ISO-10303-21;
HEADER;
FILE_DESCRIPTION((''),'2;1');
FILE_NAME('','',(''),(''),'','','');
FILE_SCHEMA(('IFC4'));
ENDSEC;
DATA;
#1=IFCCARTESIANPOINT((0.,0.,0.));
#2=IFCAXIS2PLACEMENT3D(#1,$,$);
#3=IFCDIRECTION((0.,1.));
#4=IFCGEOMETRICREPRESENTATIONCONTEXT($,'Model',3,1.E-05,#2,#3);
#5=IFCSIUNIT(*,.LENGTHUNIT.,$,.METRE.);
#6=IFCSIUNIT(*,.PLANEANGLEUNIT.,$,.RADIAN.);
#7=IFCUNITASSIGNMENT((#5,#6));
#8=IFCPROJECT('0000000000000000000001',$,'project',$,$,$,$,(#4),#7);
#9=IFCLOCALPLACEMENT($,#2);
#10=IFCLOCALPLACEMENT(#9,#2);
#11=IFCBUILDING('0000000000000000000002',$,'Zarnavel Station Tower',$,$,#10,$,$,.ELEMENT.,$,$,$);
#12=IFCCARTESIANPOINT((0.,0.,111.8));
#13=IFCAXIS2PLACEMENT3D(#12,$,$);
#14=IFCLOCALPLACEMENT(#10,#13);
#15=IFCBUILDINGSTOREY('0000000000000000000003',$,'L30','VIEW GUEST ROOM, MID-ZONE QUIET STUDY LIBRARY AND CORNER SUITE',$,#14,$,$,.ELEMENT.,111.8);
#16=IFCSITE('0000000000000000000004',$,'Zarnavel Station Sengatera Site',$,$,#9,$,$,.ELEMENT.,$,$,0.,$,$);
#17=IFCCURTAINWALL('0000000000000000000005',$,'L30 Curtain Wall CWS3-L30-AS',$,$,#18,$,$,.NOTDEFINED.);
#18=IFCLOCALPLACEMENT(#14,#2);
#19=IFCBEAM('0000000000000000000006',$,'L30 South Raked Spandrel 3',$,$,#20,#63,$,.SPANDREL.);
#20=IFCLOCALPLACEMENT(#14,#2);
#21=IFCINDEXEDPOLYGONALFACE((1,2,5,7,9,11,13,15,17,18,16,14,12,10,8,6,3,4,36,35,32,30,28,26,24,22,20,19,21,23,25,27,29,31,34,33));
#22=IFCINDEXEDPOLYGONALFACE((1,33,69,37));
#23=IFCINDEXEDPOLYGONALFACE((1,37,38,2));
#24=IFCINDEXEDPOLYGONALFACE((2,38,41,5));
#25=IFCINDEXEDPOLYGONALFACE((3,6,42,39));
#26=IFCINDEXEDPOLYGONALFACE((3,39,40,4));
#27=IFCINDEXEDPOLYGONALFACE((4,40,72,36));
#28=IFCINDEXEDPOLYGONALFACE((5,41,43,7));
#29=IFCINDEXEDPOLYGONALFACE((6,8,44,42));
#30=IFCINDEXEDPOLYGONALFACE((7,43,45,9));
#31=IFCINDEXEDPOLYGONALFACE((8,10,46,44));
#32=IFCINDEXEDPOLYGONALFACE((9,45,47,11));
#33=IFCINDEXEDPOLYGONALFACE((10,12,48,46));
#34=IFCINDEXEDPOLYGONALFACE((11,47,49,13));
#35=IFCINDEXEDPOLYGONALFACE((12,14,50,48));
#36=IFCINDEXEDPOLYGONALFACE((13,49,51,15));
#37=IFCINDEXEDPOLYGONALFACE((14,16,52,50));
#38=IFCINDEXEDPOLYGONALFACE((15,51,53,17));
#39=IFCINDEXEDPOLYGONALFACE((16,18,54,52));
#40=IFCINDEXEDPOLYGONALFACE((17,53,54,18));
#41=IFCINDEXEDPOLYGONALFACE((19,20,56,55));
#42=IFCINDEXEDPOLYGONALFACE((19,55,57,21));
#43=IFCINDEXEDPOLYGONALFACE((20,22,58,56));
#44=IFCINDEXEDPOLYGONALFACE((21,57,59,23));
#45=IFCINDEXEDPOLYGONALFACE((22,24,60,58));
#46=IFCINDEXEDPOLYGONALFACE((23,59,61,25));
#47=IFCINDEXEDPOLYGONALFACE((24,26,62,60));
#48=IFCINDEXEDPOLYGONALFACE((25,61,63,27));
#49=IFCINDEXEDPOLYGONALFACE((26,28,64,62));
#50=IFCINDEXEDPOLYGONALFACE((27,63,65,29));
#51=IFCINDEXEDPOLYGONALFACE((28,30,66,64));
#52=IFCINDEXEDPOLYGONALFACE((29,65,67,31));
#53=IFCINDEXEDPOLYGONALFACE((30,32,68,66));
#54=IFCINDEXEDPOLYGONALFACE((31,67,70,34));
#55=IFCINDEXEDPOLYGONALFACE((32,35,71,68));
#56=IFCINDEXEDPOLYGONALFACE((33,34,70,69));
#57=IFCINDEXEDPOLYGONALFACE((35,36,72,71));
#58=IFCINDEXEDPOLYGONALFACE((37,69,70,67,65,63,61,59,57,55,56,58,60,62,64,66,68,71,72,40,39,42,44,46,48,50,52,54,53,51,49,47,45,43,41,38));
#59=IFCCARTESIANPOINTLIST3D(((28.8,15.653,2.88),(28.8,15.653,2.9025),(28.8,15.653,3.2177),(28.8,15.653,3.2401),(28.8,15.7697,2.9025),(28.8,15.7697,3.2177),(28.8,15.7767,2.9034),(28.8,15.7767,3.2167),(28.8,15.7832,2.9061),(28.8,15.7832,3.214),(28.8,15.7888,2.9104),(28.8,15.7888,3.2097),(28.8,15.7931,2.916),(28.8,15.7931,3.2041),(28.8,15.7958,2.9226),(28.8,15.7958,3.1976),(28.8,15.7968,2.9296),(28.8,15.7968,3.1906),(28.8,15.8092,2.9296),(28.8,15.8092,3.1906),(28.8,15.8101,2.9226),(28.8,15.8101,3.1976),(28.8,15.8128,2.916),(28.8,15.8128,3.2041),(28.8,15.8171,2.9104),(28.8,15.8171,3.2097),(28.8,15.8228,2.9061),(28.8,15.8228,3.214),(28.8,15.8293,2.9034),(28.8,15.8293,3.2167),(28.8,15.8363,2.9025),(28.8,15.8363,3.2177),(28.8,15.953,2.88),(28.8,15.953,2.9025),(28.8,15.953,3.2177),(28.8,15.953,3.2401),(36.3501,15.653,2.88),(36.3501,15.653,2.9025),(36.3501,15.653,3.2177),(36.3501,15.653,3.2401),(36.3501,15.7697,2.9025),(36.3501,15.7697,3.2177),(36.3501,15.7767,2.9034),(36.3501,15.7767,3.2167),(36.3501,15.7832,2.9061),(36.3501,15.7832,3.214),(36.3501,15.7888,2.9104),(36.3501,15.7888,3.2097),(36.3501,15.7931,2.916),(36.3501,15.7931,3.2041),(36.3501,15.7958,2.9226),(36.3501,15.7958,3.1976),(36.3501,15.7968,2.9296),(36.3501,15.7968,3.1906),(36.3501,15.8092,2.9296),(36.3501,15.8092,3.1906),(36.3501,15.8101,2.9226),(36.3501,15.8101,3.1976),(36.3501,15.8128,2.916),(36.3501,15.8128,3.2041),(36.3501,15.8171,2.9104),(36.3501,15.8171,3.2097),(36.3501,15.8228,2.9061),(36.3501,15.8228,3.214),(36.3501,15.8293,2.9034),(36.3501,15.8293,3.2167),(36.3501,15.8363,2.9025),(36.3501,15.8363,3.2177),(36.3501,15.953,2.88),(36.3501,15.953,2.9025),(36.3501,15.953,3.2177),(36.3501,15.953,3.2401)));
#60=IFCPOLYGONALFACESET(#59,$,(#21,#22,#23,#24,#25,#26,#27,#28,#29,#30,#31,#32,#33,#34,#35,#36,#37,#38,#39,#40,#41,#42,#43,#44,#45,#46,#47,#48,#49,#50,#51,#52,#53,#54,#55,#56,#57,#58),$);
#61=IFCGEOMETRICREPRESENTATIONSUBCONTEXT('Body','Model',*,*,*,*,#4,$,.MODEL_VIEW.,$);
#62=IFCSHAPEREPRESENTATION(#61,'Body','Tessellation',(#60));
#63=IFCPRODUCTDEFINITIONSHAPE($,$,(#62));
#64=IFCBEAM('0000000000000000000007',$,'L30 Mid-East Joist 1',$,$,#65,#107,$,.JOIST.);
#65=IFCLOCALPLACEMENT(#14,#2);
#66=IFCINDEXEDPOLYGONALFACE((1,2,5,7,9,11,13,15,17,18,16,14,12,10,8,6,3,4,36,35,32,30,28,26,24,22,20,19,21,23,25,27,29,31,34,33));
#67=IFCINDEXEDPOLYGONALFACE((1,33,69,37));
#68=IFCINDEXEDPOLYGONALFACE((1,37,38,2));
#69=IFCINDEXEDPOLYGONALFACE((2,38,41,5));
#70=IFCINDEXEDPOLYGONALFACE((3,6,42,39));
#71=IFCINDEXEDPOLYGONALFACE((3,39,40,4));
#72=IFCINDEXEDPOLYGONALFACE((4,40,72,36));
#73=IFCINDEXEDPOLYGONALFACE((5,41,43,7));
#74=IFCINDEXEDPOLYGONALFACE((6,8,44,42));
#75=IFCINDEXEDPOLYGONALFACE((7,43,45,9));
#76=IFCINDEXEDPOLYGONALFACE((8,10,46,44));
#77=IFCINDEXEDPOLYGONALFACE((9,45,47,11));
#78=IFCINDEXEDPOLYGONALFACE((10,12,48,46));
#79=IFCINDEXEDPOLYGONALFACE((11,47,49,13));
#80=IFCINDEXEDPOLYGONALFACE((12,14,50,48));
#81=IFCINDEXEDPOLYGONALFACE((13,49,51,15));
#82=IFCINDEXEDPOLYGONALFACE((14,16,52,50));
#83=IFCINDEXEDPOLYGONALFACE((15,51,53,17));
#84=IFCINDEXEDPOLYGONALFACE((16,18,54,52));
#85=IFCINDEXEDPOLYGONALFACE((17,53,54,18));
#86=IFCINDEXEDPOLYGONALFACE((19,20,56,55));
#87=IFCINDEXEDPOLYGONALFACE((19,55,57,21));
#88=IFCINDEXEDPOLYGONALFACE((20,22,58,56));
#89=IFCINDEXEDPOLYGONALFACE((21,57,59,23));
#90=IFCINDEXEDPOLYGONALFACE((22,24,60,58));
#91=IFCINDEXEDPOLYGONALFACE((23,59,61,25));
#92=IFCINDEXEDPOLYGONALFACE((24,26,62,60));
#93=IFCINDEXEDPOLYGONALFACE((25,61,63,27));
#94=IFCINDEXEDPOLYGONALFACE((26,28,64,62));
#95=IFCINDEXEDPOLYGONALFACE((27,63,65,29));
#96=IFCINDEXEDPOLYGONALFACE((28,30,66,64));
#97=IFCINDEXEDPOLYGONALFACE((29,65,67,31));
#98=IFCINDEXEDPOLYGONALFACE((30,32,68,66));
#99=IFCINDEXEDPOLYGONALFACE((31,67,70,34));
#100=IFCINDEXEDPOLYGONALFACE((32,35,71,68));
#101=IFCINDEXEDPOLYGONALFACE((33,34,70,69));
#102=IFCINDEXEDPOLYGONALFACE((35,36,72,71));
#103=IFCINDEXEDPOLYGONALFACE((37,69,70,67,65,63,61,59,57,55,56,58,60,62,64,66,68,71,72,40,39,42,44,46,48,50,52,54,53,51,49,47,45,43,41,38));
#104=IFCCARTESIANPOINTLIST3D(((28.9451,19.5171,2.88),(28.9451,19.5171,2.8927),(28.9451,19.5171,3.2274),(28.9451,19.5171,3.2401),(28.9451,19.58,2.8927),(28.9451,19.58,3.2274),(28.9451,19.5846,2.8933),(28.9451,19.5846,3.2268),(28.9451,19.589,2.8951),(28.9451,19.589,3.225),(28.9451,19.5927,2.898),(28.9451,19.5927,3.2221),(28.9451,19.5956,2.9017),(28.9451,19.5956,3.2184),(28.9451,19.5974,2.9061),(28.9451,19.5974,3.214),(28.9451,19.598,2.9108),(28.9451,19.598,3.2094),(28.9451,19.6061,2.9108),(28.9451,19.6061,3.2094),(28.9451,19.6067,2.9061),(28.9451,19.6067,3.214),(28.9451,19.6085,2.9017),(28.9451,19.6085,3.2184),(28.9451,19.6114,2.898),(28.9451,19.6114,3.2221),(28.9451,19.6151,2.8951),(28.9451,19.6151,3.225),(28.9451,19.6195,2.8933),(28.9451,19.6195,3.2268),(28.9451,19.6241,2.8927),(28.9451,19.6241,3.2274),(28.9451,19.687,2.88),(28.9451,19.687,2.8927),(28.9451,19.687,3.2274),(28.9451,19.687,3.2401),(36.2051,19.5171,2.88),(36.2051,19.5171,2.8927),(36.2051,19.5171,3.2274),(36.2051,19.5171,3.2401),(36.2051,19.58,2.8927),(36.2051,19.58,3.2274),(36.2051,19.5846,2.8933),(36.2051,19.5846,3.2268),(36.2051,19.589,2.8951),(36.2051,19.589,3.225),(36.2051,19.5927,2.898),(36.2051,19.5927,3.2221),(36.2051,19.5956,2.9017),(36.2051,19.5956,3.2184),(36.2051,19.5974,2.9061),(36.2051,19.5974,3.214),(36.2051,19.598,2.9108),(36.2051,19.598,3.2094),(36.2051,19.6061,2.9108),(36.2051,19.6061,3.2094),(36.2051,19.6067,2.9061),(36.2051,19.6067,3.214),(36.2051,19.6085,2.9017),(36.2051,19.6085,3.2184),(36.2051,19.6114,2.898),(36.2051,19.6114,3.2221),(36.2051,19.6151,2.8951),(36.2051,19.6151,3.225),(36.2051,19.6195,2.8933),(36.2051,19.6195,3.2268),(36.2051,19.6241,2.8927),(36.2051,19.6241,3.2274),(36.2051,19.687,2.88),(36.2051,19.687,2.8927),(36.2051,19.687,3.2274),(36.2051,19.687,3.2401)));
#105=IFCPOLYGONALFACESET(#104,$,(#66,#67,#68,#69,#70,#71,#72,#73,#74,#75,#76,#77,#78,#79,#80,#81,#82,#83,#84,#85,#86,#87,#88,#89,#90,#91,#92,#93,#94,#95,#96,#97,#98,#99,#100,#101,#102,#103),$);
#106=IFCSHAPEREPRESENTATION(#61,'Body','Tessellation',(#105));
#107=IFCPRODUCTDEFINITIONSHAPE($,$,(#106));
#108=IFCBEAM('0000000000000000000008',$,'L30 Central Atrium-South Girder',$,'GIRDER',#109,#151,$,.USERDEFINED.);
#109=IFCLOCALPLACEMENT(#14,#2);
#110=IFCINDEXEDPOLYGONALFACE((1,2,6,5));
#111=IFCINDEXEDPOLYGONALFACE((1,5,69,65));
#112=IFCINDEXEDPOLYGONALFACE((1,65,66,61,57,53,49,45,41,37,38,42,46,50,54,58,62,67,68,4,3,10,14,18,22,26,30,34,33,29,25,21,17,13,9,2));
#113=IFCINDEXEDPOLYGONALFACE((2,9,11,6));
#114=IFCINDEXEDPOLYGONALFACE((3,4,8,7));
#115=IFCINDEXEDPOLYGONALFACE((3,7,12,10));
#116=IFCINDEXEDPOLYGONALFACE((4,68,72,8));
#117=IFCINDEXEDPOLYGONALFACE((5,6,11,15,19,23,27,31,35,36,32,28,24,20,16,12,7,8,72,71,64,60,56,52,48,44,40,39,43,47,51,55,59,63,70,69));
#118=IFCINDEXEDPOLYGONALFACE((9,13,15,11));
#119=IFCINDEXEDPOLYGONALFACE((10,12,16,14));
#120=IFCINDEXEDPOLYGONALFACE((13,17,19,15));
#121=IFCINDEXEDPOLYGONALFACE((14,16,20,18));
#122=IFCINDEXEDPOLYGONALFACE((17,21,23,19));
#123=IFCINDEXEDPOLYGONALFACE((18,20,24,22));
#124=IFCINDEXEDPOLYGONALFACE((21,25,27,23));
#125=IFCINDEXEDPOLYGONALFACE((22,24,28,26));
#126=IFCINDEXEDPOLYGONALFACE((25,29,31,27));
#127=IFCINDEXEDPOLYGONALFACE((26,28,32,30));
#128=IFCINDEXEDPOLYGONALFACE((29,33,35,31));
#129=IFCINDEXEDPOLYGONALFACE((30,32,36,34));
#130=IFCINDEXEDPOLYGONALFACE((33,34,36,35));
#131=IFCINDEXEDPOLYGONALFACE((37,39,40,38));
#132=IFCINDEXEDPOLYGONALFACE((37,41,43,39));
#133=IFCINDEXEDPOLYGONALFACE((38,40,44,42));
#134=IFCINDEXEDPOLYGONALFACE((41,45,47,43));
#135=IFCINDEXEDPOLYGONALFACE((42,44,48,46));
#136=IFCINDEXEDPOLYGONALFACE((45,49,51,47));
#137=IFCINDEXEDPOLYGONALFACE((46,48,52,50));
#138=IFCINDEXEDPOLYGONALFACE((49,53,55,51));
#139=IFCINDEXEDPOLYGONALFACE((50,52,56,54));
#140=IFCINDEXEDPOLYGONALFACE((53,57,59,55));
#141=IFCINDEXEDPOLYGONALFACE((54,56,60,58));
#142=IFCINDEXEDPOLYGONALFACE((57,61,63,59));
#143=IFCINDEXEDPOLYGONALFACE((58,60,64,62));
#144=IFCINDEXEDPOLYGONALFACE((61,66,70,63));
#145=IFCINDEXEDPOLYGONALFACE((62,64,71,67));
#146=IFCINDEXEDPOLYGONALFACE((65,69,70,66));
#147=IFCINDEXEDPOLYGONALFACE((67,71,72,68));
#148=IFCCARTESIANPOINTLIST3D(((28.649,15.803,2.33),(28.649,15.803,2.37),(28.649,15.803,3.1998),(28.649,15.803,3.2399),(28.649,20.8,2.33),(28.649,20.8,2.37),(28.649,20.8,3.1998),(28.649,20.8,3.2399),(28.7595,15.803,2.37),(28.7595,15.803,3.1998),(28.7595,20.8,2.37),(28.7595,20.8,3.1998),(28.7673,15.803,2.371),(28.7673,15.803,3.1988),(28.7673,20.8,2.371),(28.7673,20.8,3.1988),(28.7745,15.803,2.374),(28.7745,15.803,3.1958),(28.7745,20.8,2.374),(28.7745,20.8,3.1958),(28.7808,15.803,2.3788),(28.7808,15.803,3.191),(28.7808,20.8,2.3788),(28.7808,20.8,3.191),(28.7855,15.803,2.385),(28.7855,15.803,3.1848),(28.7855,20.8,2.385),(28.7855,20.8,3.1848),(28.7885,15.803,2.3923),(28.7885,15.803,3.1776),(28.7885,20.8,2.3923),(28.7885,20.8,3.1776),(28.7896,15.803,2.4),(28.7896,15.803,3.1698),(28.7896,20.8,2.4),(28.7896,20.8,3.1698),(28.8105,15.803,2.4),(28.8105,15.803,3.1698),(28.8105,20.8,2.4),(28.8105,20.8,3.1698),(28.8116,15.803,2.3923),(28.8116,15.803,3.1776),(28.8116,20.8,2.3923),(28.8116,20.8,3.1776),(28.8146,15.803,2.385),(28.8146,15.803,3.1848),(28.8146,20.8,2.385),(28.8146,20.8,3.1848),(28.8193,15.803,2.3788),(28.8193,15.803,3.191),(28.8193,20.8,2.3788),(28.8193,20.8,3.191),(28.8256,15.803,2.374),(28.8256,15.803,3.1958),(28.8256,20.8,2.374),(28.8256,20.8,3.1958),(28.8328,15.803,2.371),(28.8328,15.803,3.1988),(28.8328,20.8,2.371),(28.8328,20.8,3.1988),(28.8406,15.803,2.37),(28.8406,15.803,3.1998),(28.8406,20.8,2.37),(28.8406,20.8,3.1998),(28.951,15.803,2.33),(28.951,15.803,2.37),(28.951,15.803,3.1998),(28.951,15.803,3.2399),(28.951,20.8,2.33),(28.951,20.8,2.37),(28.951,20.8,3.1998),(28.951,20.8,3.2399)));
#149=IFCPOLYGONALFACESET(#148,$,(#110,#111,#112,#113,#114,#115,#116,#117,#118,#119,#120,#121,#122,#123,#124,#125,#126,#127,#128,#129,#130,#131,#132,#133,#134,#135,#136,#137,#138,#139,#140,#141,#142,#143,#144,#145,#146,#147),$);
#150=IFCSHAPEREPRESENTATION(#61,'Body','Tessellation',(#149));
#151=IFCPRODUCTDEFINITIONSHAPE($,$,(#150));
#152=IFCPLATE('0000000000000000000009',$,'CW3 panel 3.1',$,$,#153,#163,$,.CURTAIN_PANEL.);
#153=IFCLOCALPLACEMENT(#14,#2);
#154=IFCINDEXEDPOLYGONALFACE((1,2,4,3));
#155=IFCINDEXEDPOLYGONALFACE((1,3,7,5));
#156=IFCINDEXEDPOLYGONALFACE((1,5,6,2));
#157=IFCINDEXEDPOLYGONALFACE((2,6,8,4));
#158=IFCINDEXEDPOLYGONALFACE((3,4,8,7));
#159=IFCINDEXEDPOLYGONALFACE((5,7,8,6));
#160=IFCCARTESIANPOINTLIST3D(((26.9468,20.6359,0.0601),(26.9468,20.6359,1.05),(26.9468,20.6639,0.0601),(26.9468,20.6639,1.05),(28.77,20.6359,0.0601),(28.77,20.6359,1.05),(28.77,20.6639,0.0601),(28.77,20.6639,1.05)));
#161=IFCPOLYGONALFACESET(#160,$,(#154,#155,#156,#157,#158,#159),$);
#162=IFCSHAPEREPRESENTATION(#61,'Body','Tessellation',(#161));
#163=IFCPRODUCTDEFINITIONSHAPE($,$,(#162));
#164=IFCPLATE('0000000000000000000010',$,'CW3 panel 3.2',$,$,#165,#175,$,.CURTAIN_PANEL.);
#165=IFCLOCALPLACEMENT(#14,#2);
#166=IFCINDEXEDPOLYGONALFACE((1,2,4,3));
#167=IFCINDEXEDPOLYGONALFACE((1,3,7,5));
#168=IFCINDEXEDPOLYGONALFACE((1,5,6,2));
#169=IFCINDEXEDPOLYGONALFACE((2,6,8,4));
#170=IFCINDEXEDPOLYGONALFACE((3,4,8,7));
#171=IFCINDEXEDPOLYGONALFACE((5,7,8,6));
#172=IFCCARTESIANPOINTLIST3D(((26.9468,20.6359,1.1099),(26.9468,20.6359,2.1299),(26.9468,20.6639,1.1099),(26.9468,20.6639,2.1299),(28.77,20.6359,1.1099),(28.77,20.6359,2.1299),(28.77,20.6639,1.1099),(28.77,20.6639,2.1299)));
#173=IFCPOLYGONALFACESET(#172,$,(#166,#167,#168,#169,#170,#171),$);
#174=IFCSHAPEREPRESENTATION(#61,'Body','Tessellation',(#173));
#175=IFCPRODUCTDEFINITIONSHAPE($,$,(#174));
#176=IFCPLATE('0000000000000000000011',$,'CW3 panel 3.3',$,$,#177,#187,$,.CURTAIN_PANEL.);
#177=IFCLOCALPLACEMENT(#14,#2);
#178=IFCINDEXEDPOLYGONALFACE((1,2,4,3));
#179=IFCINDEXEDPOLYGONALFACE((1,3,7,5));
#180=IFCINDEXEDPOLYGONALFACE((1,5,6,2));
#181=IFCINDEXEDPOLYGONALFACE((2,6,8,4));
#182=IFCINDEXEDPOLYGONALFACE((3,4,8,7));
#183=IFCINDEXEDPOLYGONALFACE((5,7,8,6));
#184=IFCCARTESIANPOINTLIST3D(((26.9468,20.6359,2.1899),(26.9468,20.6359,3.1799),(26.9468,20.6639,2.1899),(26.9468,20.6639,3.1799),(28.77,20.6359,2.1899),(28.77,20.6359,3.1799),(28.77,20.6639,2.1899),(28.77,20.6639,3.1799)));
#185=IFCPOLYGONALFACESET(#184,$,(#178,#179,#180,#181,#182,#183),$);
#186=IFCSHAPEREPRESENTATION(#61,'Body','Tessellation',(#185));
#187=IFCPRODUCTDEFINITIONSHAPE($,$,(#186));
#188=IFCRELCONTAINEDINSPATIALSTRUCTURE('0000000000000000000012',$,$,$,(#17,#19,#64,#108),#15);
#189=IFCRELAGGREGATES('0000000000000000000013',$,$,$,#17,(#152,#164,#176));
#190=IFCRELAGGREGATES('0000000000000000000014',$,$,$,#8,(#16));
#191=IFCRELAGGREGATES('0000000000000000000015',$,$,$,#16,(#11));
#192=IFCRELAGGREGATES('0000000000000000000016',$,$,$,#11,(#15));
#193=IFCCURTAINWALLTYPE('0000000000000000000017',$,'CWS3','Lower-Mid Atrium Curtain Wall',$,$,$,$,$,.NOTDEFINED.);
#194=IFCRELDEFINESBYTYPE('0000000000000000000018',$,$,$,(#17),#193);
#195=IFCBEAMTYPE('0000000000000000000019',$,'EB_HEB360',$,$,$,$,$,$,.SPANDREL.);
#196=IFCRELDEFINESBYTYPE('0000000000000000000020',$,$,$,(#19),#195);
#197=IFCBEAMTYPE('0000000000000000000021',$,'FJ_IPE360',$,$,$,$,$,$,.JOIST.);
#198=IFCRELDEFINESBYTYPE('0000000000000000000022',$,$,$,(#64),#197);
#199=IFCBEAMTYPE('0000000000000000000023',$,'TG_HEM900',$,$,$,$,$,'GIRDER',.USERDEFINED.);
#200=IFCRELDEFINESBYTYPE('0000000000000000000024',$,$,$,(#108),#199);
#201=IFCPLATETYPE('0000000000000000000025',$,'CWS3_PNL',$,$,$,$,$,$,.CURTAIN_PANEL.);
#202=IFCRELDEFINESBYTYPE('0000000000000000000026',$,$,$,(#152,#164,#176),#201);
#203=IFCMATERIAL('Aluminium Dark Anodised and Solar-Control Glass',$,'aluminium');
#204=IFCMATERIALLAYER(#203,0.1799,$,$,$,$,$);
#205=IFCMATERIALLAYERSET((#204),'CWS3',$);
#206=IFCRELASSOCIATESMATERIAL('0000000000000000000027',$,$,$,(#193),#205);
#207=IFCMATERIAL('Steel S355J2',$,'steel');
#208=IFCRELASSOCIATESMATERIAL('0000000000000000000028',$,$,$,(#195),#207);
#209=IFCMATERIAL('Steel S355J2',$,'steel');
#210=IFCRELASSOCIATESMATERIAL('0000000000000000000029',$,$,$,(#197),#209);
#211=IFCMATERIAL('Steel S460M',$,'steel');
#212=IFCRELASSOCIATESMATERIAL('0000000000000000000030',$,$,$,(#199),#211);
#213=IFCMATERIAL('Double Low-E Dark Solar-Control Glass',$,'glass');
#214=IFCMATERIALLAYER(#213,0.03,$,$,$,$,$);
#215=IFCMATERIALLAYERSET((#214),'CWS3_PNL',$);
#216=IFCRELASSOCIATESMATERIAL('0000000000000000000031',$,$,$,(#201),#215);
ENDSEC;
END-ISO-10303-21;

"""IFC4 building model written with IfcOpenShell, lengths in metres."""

from ifc_helpers import new_model, si_unit, direction, frame, origin, origin_2d, place, context, subcontext, project, spatial, rectangle, i_section, extrude, material, layer, layer_set, material_profile, profile_set, type_object, element, aggregate, save


model = new_model("IFC4")

# Units and contexts
model_context = context("Model", 3, precision=1e-05, world=origin(), true_north=direction((0.0, 1.0)))
body_context = subcontext(model_context, "Body", "Model", "MODEL_VIEW")
ifc_project = project(units=[si_unit("LENGTHUNIT", "METRE"), si_unit("PLANEANGLEUNIT", "RADIAN")], contexts=[model_context])

# Site, building, storey
site_placement = place(None, origin())
site = spatial("IfcSite", under=ifc_project, at=site_placement, Name="Zarnavel Station Sengatera Site", CompositionType="ELEMENT", RefElevation=0.0)
building_placement = place(site_placement, origin())
building = spatial("IfcBuilding", under=site, at=building_placement, Name="Zarnavel Station Tower", CompositionType="ELEMENT")
storey_placement = place(building_placement, frame((0.0, 0.0, 111.8)))
storey = spatial("IfcBuildingStorey", under=building, at=storey_placement, Name="L30", Description="VIEW GUEST ROOM, MID-ZONE QUIET STUDY LIBRARY AND CORNER SUITE", CompositionType="ELEMENT", Elevation=111.8)

# Curtain wall
ifc_material_1 = material(Name="Aluminium Dark Anodised and Solar-Control Glass", Category="aluminium")
ifc_layer_1 = layer(ifc_material_1, 0.1799)
ifc_layer_set_1 = layer_set([ifc_layer_1], Name="CWS3")
curtain_wall_type_1 = type_object("IfcCurtainWallType", Name="CWS3", Description="Lower-Mid Atrium Curtain Wall", PredefinedType="NOTDEFINED", material=ifc_layer_set_1)
curtain_wall_1_placement = place(storey_placement, origin())
curtain_wall_1 = element("IfcCurtainWall", 1, at=curtain_wall_1_placement, inside=storey, type_object=curtain_wall_type_1, Name="L30 Curtain Wall CWS3-L30-AS", PredefinedType="NOTDEFINED")

# Beams
ifc_material_2 = material(Name="Steel S355J2", Category="steel")
ifc_material_profile_1 = material_profile(ifc_material_2, i_section(OverallWidth=0.3, OverallDepth=0.3601, WebThickness=0.0125, FlangeThickness=0.0225, FilletRadius=0.0271, at=origin_2d()), Name="HEB360")
ifc_profile_set_1 = profile_set([ifc_material_profile_1], Name="Steel S355J2")
beam_type_1 = type_object("IfcBeamType", Name="EB_HEB360", PredefinedType="SPANDREL", material=ifc_profile_set_1)
beam_1_placement = place(storey_placement, frame((28.8, 15.803, 3.0601), z_axis=(1.0, 0.0, 0.0), x_axis=(0.0, 1.0, 0.0)))
element("IfcBeam", 2, at=beam_1_placement, inside=storey, type_object=beam_type_1, Name="L30 South Raked Spandrel 3", PredefinedType="SPANDREL", context=body_context, shape_type="SweptSolid", body=[
    extrude(i_section(OverallWidth=0.3, OverallDepth=0.3601, WebThickness=0.0125, FlangeThickness=0.0225, FilletRadius=0.0271, at=origin_2d()), origin(), (0.0, 0.0, 1.0), 7.55),
])
ifc_material_3 = material(Name="Steel S355J2", Category="steel")
ifc_material_profile_2 = material_profile(ifc_material_3, i_section(OverallWidth=0.1699, OverallDepth=0.3601, WebThickness=0.0081, FlangeThickness=0.0127, FilletRadius=0.0181, at=origin_2d()), Name="IPE360")
ifc_profile_set_2 = profile_set([ifc_material_profile_2], Name="Steel S355J2")
beam_type_2 = type_object("IfcBeamType", Name="FJ_IPE360", PredefinedType="JOIST", material=ifc_profile_set_2)
beam_2_placement = place(storey_placement, frame((28.9451, 19.6021, 3.0601), z_axis=(1.0, 0.0, 0.0), x_axis=(0.0, 1.0, 0.0)))
element("IfcBeam", 3, at=beam_2_placement, inside=storey, type_object=beam_type_2, Name="L30 Mid-East Joist 1", PredefinedType="JOIST", context=body_context, shape_type="SweptSolid", body=[
    extrude(i_section(OverallWidth=0.1699, OverallDepth=0.3601, WebThickness=0.0081, FlangeThickness=0.0127, FilletRadius=0.0181, at=origin_2d()), origin(), (0.0, 0.0, 1.0), 7.26),
])
ifc_material_4 = material(Name="Steel S460M", Category="steel")
ifc_material_profile_3 = material_profile(ifc_material_4, i_section(OverallWidth=0.302, OverallDepth=0.9099, WebThickness=0.021, FlangeThickness=0.04, FilletRadius=0.03, at=origin_2d()), Name="HEM900")
ifc_profile_set_3 = profile_set([ifc_material_profile_3], Name="Steel S460M")
beam_type_3 = type_object("IfcBeamType", Name="TG_HEM900", ElementType="GIRDER", PredefinedType="USERDEFINED", material=ifc_profile_set_3)
beam_3_placement = place(storey_placement, frame((28.8, 15.803, 2.7849), z_axis=(0.0, 1.0, 0.0), x_axis=(-1.0, 0.0, 0.0)))
element("IfcBeam", 4, at=beam_3_placement, inside=storey, type_object=beam_type_3, Name="L30 Central Atrium-South Girder", ObjectType="GIRDER", PredefinedType="USERDEFINED", context=body_context, shape_type="SweptSolid", body=[
    extrude(i_section(OverallWidth=0.302, OverallDepth=0.9099, WebThickness=0.021, FlangeThickness=0.04, FilletRadius=0.03, at=origin_2d()), origin(), (0.0, 0.0, 1.0), 4.9971),
])

# Plates
ifc_material_5 = material(Name="Double Low-E Dark Solar-Control Glass", Category="glass")
ifc_layer_2 = layer(ifc_material_5, 0.03)
ifc_layer_set_2 = layer_set([ifc_layer_2], Name="CWS3_PNL")
plate_type = type_object("IfcPlateType", Name="CWS3_PNL", PredefinedType="CURTAIN_PANEL", material=ifc_layer_set_2)
plate_1_placement = place(storey_placement, frame((27.8584, 20.6499, 0.0601), z_axis=(0.0, 0.0, 1.0), x_axis=(1.0, 0.0, 0.0)))
plate_1 = element("IfcPlate", 5, at=plate_1_placement, type_object=plate_type, Name="CW3 panel 3.1", PredefinedType="CURTAIN_PANEL", context=body_context, shape_type="SweptSolid", body=[
    extrude(rectangle(XDim=1.8232, YDim=0.0281, at=origin_2d()), origin(), (0.0, 0.0, 1.0), 0.99),
])
plate_2_placement = place(storey_placement, frame((27.8584, 20.6499, 1.1099), z_axis=(0.0, 0.0, 1.0), x_axis=(1.0, 0.0, 0.0)))
plate_2 = element("IfcPlate", 6, at=plate_2_placement, type_object=plate_type, Name="CW3 panel 3.2", PredefinedType="CURTAIN_PANEL", context=body_context, shape_type="SweptSolid", body=[
    extrude(rectangle(XDim=1.8232, YDim=0.0281, at=origin_2d()), origin(), (0.0, 0.0, 1.0), 1.02),
])
plate_3_placement = place(storey_placement, frame((27.8584, 20.6499, 2.1899), z_axis=(0.0, 0.0, 1.0), x_axis=(1.0, 0.0, 0.0)))
plate_3 = element("IfcPlate", 7, at=plate_3_placement, type_object=plate_type, Name="CW3 panel 3.3", PredefinedType="CURTAIN_PANEL", context=body_context, shape_type="SweptSolid", body=[
    extrude(rectangle(XDim=1.8232, YDim=0.0281, at=origin_2d()), origin(), (0.0, 0.0, 1.0), 0.99),
])
aggregate(curtain_wall_1, [plate_1, plate_2, plate_3])

save(model, "model.ifc")
